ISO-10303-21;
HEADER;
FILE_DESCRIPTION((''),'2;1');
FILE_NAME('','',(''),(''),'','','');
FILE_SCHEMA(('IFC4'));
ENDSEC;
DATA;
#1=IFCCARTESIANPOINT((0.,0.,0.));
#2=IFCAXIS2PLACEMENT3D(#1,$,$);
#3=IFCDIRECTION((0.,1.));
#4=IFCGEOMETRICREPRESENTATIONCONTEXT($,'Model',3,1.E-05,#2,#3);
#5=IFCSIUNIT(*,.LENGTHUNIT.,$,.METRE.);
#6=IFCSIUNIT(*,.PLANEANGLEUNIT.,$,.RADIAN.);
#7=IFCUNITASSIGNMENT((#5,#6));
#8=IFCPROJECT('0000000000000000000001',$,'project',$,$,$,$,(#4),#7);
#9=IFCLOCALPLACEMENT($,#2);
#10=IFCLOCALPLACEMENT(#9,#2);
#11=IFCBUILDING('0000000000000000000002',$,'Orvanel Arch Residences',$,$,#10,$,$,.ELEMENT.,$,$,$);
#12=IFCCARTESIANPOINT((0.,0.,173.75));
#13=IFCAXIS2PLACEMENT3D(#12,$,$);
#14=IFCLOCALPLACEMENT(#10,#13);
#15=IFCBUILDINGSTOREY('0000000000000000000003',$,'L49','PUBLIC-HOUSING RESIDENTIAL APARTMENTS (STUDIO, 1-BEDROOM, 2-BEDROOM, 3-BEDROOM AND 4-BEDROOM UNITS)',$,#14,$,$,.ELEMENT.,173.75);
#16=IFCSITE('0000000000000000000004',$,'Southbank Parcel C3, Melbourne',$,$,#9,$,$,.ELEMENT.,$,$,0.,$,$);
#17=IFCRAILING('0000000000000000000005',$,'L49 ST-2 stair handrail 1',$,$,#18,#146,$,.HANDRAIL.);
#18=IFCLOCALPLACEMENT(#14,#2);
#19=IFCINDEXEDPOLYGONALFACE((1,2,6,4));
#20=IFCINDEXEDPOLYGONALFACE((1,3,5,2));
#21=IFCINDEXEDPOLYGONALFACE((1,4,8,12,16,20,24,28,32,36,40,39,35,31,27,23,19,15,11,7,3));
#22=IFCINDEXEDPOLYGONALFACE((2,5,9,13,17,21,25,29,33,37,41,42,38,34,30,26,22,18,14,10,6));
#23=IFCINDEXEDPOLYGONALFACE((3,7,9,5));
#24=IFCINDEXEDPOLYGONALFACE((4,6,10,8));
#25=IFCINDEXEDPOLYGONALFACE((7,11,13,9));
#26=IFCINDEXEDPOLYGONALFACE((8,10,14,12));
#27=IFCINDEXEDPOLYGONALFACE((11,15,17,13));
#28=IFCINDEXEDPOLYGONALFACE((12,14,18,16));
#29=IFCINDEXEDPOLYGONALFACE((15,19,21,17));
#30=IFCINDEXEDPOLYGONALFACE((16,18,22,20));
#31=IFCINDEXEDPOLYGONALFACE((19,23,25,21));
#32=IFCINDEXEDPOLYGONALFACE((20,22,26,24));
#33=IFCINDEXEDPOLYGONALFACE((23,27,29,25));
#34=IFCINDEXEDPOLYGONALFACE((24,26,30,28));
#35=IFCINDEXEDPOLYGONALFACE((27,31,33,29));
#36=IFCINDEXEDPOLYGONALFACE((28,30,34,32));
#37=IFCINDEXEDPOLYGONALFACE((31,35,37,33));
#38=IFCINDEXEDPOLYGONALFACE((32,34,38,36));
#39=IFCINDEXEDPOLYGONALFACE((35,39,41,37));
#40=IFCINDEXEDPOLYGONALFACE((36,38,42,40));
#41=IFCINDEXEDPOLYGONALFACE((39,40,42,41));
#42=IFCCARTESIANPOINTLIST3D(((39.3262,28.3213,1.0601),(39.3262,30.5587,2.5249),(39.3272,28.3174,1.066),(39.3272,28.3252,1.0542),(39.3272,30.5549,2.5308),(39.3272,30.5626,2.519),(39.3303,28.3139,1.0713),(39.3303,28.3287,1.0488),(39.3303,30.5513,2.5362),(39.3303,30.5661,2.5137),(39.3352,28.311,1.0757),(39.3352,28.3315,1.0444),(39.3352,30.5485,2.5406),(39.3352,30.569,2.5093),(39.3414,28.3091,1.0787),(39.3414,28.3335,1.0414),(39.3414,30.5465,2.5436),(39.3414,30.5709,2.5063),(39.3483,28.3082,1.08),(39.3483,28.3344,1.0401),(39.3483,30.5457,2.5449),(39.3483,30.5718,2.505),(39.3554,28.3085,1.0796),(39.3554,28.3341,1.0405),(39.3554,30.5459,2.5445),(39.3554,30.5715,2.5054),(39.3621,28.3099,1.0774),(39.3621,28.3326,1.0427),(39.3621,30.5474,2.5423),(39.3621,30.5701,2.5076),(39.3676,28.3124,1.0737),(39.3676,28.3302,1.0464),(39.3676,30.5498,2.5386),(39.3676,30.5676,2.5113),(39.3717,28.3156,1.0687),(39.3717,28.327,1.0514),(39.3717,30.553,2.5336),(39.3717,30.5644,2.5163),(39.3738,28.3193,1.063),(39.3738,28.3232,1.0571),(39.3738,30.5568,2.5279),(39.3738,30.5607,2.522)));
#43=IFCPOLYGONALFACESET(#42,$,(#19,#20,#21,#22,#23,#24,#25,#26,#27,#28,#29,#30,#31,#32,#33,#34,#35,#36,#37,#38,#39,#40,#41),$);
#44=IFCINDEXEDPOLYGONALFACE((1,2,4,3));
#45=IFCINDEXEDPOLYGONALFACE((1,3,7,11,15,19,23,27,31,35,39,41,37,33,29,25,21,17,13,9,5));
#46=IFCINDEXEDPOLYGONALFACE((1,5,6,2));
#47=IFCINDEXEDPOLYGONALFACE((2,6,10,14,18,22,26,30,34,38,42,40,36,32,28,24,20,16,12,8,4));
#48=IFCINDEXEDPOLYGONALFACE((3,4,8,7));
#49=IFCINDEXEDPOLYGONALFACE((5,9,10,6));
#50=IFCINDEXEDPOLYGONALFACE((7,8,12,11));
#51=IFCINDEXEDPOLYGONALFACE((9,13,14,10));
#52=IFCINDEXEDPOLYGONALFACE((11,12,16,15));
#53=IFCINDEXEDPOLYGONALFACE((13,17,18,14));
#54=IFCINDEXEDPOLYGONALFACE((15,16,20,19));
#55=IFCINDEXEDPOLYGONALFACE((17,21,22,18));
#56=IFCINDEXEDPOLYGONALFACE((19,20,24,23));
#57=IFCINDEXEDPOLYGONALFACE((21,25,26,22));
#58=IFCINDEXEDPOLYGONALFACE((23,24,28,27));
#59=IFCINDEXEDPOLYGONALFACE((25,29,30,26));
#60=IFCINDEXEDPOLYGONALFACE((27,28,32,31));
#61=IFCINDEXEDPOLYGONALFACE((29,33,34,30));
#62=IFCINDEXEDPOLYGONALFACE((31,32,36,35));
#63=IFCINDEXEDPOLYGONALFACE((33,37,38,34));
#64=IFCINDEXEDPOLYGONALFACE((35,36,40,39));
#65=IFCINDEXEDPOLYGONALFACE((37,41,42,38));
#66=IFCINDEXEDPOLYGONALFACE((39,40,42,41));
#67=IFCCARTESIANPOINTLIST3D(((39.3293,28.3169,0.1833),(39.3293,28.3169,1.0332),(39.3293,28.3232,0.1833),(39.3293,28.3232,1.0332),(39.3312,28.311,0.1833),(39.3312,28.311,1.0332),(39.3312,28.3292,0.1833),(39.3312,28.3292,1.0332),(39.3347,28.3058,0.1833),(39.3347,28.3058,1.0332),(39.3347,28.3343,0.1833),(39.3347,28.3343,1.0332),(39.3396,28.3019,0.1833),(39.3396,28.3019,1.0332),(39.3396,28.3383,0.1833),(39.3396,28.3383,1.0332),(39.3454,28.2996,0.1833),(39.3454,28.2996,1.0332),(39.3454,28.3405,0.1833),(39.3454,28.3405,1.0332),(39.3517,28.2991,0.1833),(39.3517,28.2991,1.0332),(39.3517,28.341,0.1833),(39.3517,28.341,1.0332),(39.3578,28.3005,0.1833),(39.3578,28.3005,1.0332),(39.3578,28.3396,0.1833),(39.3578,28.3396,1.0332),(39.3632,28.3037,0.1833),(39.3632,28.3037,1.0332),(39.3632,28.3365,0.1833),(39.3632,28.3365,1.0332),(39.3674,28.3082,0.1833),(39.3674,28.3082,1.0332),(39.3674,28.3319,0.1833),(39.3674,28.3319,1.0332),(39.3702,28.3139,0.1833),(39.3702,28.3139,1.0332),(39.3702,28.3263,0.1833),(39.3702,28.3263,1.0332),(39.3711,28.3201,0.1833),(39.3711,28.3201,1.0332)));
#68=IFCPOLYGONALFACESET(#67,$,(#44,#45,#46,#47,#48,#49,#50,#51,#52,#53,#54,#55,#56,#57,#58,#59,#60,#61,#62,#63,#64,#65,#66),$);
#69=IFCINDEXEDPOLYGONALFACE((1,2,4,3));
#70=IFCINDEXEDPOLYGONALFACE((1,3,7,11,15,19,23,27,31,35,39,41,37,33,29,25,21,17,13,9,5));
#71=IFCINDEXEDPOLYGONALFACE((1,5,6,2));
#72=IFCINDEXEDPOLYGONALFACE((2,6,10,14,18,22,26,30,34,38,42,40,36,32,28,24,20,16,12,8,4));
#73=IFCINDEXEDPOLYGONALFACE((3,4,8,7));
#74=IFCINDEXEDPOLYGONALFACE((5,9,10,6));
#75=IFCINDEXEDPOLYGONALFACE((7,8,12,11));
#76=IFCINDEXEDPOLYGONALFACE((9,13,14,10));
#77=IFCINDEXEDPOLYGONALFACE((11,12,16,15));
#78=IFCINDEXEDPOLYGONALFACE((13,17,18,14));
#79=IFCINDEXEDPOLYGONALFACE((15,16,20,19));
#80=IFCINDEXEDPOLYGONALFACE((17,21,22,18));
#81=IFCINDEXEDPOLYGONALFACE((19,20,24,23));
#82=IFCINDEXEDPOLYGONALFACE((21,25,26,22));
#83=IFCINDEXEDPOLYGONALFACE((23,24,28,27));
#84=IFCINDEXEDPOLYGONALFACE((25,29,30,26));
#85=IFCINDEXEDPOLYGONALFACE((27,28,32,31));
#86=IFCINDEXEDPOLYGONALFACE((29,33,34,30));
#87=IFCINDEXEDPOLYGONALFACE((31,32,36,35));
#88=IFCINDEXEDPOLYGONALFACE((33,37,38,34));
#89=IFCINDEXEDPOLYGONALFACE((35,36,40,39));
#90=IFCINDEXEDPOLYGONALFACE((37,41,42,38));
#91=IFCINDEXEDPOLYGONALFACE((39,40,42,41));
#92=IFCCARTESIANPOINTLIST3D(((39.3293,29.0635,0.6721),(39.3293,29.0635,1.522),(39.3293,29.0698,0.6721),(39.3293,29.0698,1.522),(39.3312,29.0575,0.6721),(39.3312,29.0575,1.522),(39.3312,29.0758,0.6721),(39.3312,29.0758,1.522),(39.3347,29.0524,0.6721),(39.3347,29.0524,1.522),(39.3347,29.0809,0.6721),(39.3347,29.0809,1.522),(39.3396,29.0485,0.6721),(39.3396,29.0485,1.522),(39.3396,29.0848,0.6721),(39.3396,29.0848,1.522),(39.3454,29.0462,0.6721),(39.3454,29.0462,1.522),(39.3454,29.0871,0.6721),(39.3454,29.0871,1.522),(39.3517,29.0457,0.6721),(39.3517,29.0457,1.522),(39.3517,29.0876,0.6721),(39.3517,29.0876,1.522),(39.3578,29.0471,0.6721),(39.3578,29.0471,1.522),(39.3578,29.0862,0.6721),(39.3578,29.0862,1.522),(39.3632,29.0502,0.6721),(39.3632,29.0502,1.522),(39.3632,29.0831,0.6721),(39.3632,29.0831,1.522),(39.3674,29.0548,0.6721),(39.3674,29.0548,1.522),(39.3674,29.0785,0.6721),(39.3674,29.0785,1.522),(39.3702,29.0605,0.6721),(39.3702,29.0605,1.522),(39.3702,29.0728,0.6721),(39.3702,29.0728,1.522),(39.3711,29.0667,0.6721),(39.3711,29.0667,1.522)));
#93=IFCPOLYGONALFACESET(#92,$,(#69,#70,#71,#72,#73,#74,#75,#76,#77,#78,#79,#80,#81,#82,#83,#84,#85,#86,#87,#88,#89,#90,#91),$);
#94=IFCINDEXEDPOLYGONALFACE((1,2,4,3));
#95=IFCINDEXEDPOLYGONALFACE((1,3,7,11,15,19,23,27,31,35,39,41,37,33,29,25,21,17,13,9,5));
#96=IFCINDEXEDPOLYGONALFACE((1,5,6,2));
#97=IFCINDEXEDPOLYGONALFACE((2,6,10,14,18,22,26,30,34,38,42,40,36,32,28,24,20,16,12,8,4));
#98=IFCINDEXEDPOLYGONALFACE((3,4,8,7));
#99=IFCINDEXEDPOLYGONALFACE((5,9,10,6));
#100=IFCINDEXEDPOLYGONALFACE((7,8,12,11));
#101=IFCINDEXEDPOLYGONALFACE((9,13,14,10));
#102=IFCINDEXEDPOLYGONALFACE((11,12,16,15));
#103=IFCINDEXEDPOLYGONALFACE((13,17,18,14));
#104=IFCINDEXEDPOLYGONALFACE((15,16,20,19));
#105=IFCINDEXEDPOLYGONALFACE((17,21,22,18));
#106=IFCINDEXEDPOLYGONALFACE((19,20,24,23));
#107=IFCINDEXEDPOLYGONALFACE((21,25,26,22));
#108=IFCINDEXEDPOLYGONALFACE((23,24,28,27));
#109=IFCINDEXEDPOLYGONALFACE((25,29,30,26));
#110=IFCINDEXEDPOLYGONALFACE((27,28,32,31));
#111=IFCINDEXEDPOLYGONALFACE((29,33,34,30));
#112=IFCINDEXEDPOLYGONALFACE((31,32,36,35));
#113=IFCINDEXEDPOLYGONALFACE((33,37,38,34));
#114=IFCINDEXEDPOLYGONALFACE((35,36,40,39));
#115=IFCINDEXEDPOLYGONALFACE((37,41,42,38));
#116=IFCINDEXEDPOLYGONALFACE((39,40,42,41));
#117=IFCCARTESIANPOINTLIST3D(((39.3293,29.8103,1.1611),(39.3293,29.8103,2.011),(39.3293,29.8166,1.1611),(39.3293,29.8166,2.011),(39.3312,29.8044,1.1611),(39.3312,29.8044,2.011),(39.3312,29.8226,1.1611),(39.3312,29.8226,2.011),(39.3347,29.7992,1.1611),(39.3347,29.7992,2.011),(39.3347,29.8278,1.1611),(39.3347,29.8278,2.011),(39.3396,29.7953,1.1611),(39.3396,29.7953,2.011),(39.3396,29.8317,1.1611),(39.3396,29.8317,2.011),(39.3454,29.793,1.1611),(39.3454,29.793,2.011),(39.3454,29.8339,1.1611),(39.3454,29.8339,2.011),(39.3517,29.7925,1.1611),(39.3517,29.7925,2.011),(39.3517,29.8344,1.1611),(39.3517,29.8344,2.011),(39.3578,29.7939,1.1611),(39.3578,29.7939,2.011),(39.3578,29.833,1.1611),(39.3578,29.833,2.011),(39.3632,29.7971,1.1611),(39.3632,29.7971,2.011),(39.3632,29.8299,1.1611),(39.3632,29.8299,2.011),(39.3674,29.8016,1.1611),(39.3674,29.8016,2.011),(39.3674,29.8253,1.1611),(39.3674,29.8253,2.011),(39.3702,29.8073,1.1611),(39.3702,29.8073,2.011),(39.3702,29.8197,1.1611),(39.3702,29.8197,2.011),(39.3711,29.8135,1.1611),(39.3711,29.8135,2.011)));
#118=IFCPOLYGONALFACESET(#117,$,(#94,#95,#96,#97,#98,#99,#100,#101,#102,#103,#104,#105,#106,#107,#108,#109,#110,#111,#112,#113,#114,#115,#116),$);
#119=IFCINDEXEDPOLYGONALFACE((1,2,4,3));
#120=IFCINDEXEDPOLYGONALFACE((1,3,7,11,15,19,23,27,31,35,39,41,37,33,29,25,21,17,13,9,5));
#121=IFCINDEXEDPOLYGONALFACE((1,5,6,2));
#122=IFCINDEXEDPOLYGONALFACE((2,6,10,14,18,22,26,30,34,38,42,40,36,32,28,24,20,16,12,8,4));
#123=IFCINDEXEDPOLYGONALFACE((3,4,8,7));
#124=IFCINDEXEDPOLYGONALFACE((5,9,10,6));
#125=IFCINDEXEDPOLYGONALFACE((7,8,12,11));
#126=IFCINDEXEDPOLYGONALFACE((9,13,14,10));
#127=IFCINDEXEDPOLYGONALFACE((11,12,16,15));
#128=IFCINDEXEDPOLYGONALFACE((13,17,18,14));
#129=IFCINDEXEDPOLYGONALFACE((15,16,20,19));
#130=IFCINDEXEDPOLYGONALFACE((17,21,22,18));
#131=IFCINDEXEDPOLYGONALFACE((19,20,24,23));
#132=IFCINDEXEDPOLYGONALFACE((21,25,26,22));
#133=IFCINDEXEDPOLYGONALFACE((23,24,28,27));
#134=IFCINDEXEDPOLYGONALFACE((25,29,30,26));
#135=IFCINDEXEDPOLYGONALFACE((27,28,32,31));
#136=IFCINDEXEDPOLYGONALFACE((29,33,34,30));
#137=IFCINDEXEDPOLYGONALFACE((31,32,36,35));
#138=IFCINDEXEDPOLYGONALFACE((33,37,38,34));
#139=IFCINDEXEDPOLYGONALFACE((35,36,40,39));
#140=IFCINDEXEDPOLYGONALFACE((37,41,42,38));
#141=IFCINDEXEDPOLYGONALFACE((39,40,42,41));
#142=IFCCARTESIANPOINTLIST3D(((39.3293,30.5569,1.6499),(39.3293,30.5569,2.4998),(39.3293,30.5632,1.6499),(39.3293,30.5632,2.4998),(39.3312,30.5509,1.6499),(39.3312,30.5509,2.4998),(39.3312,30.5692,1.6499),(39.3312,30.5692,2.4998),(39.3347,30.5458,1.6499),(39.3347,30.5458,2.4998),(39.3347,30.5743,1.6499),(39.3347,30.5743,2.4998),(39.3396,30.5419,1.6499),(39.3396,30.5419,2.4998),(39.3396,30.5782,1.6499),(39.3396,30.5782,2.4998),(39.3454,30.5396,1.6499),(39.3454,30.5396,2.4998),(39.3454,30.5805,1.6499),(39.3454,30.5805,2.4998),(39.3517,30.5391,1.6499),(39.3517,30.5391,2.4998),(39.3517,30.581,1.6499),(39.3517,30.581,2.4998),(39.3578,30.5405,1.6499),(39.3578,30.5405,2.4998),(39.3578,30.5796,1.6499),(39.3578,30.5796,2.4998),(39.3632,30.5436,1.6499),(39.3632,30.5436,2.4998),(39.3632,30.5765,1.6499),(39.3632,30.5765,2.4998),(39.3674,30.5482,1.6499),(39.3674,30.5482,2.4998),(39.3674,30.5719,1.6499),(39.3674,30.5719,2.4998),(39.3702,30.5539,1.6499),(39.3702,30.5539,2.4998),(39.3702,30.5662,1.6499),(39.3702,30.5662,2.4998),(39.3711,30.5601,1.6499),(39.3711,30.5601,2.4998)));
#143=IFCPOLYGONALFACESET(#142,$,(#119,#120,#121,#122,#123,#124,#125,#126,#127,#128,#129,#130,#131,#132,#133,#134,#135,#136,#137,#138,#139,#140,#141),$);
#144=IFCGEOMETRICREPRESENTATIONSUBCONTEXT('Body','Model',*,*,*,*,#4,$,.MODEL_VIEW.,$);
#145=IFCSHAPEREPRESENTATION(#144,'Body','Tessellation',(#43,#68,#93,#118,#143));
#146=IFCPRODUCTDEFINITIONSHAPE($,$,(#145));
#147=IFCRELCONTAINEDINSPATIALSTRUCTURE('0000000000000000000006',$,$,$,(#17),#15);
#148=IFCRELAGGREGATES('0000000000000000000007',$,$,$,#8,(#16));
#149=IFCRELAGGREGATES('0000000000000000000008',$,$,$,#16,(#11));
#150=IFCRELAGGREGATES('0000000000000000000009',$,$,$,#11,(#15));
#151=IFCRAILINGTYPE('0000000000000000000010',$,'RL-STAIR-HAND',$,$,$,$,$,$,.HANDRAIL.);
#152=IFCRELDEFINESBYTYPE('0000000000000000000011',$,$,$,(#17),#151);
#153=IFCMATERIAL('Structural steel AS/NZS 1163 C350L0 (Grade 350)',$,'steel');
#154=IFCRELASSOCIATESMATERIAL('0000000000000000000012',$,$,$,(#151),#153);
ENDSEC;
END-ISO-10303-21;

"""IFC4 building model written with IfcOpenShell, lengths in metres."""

from ifc_helpers import new_model, si_unit, direction, frame, origin, origin_2d, place, context, subcontext, project, spatial, circle, extrude, material, type_object, element, save


model = new_model("IFC4")

# Units and contexts
model_context = context("Model", 3, precision=1e-05, world=origin(), true_north=direction((0.0, 1.0)))
body_context = subcontext(model_context, "Body", "Model", "MODEL_VIEW")
ifc_project = project(units=[si_unit("LENGTHUNIT", "METRE"), si_unit("PLANEANGLEUNIT", "RADIAN")], contexts=[model_context])

# Site, building, storey
site_placement = place(None, origin())
site = spatial("IfcSite", under=ifc_project, at=site_placement, Name="Southbank Parcel C3, Melbourne", CompositionType="ELEMENT", RefElevation=0.0)
building_placement = place(site_placement, origin())
building = spatial("IfcBuilding", under=site, at=building_placement, Name="Orvanel Arch Residences", CompositionType="ELEMENT")
storey_placement = place(building_placement, frame((0.0, 0.0, 173.75)))
storey = spatial("IfcBuildingStorey", under=building, at=storey_placement, Name="L49", Description="PUBLIC-HOUSING RESIDENTIAL APARTMENTS (STUDIO, 1-BEDROOM, 2-BEDROOM, 3-BEDROOM AND 4-BEDROOM UNITS)", CompositionType="ELEMENT", Elevation=173.75)

# Railing
ifc_material_1 = material(Name="Structural steel AS/NZS 1163 C350L0 (Grade 350)", Category="steel")
railing_type_1 = type_object("IfcRailingType", Name="RL-STAIR-HAND", PredefinedType="HANDRAIL", material=ifc_material_1)
railing_1_placement = place(storey_placement, frame((39.3501, 28.3201, 0.1833)))
element("IfcRailing", 1, at=railing_1_placement, inside=storey, type_object=railing_type_1, Name="L49 ST-2 stair handrail 1", PredefinedType="HANDRAIL", context=body_context, shape_type="SweptSolid", body=[
    extrude(circle(Radius=0.0239, at=origin_2d()), frame((0.0, 0.0012, 0.8767), z_axis=(0.0, 0.836637, 0.547758), x_axis=(-1.0, 0.0, 0.0)), (0.0, 0.0, 1.0), 2.6743),
    extrude(circle(Radius=0.021, at=origin_2d()), origin(), (0.0, 0.0, 1.0), 0.8499),
    extrude(circle(Radius=0.021, at=origin_2d()), frame((0.0, 0.7466, 0.4888)), (0.0, 0.0, 1.0), 0.8499),
    extrude(circle(Radius=0.021, at=origin_2d()), frame((0.0, 1.4934, 0.9778)), (0.0, 0.0, 1.0), 0.8499),
    extrude(circle(Radius=0.021, at=origin_2d()), frame((0.0, 2.24, 1.4666)), (0.0, 0.0, 1.0), 0.8499),
])

save(model, "model.ifc")
